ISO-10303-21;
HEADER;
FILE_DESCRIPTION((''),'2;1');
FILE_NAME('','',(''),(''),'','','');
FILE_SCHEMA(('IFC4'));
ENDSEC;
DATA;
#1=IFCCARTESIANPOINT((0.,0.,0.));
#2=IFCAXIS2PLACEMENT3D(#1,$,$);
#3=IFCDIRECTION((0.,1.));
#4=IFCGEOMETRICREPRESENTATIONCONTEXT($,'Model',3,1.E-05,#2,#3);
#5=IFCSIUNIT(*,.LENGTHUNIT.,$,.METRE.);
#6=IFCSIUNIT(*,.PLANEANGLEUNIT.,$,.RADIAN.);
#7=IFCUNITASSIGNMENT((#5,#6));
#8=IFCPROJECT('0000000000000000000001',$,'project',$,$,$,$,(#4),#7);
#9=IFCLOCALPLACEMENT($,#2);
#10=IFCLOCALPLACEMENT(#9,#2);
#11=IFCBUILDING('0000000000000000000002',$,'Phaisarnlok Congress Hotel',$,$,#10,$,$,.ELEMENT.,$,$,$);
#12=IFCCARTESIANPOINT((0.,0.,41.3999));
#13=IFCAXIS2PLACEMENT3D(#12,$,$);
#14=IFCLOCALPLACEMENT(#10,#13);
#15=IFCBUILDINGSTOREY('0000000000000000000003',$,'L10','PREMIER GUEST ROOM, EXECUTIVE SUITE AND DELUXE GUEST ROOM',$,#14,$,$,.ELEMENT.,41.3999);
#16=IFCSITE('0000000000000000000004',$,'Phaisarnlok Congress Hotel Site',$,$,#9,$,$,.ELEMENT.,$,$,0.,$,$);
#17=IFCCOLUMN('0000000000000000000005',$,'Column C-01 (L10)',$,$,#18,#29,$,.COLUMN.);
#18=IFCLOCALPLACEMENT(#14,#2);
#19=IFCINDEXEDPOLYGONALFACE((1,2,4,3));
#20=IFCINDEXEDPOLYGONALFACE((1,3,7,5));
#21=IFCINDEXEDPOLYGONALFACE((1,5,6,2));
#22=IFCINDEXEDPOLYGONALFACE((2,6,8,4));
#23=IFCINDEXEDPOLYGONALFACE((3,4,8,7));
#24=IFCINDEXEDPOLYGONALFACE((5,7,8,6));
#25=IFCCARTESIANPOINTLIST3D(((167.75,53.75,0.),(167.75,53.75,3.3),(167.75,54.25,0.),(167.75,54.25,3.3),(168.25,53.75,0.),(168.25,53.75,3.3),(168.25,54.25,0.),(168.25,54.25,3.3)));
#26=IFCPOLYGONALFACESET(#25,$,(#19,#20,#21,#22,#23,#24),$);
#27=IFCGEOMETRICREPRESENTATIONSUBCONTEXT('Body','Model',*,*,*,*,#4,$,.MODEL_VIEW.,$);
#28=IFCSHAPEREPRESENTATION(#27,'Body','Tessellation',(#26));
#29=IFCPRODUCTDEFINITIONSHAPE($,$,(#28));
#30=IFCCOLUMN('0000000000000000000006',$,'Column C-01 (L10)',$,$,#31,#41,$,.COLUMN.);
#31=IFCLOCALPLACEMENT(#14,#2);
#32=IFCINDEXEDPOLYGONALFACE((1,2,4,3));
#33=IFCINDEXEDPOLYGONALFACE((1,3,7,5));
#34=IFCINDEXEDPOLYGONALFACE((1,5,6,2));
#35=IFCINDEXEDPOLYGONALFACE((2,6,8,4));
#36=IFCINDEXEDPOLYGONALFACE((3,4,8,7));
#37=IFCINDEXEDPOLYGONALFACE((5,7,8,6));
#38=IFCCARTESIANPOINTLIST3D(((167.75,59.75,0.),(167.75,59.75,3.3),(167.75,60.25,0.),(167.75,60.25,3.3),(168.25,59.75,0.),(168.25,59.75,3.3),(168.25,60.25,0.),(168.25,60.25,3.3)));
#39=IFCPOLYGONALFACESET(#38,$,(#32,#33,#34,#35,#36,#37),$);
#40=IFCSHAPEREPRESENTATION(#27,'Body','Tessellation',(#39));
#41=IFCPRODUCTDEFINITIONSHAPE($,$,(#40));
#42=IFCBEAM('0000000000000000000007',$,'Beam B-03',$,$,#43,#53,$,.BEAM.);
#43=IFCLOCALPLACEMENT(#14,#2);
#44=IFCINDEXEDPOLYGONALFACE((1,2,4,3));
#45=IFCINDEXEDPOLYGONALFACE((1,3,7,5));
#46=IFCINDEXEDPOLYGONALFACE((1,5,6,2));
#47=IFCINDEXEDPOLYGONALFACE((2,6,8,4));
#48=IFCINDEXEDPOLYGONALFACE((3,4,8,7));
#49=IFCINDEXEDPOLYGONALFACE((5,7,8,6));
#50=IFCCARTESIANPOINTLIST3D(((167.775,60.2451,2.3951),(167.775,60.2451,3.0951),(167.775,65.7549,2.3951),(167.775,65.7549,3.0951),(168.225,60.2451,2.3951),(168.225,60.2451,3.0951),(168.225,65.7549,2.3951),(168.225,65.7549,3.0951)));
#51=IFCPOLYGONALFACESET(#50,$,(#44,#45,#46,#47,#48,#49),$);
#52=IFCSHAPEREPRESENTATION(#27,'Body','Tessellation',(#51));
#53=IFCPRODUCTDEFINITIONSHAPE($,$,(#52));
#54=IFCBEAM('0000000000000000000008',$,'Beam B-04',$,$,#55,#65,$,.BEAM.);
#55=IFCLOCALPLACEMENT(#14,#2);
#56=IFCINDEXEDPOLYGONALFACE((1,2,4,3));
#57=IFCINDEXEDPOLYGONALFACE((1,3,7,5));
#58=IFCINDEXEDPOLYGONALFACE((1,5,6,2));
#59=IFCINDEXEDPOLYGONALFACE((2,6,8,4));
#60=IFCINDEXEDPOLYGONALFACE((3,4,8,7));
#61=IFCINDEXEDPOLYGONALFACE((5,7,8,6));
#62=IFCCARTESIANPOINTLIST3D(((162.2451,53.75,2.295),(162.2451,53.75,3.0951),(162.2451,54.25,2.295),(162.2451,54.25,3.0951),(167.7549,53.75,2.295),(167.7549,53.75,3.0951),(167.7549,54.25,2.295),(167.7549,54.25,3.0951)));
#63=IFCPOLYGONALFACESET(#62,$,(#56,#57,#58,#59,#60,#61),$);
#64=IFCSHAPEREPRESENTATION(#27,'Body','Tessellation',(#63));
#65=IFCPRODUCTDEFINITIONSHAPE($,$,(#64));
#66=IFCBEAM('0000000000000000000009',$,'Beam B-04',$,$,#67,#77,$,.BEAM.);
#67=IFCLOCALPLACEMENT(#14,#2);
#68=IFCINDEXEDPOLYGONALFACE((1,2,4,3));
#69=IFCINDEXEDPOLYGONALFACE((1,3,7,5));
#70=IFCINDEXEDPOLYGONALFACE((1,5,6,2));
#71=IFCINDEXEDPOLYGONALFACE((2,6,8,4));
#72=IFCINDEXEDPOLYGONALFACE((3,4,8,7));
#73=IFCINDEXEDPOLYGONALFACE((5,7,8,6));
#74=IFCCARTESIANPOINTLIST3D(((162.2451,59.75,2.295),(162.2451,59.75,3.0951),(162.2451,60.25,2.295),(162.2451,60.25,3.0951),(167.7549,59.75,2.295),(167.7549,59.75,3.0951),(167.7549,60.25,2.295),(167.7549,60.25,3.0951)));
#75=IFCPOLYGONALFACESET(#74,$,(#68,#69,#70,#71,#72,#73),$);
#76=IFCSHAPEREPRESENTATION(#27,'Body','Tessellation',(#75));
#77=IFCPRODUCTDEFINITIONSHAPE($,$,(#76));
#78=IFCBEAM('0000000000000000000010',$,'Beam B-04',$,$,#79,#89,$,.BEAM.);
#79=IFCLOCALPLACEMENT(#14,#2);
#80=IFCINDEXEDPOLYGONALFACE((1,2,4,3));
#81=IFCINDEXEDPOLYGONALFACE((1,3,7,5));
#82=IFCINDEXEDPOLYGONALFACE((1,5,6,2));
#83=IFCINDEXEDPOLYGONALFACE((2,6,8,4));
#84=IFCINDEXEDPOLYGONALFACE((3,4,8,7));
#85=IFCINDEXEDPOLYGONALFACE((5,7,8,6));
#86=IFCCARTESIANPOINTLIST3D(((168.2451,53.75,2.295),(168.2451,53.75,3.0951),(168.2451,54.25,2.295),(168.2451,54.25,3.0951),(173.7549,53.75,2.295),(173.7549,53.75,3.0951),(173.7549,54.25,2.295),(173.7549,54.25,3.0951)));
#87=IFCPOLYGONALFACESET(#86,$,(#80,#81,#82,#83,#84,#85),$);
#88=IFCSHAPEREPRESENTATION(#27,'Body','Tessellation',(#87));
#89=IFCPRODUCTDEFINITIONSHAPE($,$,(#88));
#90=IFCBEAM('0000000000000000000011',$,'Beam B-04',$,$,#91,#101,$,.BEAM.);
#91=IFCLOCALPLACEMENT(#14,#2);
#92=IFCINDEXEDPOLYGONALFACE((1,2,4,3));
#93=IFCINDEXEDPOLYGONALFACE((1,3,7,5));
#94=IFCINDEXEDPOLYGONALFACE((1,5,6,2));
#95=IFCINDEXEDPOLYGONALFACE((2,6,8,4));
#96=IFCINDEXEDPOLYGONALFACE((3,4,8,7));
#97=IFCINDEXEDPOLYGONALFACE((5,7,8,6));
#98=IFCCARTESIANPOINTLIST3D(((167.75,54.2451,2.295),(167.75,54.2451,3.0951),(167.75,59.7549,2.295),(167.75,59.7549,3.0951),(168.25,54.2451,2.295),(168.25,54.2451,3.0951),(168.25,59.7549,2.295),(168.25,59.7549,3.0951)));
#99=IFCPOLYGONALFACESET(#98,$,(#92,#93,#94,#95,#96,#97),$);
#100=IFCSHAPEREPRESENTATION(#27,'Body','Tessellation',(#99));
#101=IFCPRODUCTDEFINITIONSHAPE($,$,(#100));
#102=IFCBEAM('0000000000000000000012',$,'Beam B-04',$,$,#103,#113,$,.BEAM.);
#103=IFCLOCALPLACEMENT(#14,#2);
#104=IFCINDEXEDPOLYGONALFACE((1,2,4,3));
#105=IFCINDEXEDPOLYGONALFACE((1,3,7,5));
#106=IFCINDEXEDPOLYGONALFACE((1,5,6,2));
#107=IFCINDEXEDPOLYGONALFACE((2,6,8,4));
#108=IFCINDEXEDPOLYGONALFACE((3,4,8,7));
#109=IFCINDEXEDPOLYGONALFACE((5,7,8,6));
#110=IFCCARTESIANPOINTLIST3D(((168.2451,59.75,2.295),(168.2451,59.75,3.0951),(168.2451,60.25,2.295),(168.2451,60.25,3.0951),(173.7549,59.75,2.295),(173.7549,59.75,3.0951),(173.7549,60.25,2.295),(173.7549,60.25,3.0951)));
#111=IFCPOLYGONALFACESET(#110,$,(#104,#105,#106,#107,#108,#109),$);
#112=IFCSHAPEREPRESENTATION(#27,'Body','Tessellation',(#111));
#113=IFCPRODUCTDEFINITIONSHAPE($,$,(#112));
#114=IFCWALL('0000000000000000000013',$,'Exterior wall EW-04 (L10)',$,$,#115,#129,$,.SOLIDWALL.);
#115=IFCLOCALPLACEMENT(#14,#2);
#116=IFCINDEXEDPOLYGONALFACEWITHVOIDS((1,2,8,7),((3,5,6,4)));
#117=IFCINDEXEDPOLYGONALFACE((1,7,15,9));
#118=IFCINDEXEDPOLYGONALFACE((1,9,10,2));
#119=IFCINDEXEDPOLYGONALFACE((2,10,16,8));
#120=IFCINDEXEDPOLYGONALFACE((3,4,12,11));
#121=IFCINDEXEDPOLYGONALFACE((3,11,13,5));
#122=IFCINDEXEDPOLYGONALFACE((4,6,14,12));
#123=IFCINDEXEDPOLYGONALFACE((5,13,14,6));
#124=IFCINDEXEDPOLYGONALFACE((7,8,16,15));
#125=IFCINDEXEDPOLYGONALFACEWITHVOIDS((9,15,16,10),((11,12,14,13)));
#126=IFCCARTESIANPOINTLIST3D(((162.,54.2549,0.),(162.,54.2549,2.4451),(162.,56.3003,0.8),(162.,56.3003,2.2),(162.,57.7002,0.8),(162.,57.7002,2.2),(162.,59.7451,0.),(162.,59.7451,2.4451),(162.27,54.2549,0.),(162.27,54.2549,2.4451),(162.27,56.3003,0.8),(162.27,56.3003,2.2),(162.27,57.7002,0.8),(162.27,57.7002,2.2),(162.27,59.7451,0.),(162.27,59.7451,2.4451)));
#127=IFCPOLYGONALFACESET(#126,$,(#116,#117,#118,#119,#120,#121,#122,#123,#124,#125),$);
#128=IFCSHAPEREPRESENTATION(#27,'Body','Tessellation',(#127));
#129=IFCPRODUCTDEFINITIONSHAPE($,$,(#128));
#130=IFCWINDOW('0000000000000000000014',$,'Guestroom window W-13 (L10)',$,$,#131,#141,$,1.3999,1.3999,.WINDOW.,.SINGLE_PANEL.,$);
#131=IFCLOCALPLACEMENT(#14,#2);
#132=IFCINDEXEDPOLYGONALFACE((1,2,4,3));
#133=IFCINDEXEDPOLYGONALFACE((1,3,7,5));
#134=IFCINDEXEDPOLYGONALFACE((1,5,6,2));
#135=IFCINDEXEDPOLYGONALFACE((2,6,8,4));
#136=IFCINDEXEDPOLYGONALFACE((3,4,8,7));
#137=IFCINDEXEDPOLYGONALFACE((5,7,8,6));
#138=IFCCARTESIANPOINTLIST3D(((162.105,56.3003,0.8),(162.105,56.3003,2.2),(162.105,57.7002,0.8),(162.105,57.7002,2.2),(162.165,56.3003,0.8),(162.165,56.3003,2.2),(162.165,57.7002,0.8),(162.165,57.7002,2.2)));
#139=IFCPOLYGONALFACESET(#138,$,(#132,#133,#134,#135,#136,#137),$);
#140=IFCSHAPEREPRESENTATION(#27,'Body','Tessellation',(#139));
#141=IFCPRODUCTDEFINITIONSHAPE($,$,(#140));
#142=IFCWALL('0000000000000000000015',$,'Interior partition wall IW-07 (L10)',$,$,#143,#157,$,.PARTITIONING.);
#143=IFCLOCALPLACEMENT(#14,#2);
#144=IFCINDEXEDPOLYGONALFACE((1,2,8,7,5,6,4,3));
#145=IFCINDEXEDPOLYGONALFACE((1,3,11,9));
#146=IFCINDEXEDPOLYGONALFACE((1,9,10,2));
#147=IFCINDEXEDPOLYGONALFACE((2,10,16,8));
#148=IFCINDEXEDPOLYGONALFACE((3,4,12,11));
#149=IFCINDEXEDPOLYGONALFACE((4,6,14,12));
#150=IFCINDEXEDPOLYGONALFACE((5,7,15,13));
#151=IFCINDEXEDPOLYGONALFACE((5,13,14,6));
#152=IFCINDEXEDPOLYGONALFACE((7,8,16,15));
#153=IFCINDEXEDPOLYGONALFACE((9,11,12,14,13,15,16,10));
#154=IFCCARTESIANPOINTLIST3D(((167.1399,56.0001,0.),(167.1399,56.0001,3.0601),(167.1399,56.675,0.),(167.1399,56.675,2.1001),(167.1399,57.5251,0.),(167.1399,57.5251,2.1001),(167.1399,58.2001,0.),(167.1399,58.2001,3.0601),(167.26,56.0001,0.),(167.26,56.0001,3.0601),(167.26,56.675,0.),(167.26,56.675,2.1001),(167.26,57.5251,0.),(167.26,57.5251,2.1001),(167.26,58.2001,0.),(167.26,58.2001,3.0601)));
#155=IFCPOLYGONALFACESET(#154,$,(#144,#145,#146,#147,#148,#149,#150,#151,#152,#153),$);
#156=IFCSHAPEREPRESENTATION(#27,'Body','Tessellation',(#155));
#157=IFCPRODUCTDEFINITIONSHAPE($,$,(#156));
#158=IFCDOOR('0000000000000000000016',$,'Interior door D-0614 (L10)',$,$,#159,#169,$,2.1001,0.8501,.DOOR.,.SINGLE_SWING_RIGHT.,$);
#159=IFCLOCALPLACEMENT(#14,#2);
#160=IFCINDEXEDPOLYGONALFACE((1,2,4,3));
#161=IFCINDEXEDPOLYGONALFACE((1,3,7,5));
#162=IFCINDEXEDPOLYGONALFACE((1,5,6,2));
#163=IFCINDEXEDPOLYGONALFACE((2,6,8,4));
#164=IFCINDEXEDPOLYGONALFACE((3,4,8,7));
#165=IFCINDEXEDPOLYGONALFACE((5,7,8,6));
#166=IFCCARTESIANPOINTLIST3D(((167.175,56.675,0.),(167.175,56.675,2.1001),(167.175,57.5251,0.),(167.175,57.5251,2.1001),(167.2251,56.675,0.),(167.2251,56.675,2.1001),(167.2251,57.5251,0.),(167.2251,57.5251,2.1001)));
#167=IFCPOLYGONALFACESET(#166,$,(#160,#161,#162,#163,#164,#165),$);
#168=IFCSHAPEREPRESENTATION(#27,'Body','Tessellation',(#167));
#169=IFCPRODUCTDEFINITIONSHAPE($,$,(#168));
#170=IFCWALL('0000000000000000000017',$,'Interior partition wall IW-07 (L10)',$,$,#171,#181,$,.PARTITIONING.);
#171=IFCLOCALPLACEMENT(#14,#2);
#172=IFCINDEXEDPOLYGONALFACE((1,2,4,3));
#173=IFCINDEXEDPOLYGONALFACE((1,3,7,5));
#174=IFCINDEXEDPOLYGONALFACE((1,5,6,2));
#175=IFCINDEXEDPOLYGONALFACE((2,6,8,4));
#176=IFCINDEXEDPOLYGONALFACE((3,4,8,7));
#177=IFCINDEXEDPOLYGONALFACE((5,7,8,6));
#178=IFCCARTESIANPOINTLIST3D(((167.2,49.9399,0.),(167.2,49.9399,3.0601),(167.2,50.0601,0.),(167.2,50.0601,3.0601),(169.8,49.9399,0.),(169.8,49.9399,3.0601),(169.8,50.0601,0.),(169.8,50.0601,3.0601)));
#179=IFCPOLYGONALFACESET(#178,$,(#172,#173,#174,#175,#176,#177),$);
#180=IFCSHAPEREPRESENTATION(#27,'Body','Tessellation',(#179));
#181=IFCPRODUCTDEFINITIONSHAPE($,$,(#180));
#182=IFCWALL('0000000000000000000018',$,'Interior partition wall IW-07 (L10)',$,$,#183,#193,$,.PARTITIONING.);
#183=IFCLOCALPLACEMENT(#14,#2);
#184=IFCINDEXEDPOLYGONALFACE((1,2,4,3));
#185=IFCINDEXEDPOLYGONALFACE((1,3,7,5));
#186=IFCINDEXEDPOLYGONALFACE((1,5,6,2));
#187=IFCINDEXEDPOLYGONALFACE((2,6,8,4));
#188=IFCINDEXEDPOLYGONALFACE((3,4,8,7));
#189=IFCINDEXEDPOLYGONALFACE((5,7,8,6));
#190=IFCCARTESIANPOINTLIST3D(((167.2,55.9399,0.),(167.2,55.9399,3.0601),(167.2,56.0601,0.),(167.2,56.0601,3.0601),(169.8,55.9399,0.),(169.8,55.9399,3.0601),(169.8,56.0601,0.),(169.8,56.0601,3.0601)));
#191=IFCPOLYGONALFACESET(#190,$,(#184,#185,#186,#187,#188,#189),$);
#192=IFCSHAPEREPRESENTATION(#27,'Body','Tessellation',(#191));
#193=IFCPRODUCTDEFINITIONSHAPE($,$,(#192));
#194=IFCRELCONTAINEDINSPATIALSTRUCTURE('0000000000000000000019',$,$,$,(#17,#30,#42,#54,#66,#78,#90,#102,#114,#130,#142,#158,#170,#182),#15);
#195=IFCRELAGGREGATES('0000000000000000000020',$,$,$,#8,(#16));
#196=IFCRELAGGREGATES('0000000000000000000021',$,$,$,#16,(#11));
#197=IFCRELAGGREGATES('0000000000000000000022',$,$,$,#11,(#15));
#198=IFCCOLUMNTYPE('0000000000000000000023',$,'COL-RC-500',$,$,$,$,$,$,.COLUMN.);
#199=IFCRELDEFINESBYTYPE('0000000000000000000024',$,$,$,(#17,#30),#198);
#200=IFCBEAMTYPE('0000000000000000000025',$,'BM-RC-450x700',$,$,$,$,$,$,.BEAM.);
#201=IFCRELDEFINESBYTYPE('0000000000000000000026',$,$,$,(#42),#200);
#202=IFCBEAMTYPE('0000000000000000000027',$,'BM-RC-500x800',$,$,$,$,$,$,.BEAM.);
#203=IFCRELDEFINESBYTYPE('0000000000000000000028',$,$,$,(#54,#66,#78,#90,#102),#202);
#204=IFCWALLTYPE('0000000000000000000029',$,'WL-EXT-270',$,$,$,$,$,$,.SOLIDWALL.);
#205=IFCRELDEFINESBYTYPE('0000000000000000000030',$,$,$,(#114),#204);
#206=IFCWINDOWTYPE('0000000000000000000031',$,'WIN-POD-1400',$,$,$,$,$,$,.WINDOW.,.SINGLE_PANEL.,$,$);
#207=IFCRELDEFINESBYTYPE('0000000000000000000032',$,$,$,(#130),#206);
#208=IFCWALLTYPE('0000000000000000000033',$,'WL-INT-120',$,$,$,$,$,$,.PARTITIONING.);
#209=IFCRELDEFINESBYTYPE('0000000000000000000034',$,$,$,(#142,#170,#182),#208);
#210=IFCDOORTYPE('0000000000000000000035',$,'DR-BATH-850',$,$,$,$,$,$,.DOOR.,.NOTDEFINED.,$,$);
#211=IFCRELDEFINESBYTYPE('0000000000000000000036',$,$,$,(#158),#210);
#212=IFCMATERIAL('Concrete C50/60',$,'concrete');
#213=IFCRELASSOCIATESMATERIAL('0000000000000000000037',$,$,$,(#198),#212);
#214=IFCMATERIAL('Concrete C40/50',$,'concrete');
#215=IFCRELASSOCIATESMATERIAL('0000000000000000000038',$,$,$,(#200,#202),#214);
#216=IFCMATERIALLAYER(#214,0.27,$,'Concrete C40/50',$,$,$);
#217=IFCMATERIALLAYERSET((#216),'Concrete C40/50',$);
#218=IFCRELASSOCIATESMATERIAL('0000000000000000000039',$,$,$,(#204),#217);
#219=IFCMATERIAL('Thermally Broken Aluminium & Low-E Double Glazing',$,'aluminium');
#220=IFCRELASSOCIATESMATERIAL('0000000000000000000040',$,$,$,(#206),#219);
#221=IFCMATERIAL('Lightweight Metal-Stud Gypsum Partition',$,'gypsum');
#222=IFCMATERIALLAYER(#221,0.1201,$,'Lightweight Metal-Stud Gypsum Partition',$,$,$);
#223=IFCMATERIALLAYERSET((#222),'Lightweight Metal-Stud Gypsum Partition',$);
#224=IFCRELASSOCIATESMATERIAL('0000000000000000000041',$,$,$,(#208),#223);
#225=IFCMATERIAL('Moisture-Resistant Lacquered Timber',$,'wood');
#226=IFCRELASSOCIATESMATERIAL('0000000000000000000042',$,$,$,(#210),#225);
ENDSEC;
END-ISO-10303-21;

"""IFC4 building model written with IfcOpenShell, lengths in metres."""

from ifc_helpers import new_model, si_unit, direction, frame, frame_2d, origin, origin_2d, place, context, subcontext, project, spatial, rectangle, extrude, material, layer, layer_set, material_profile, profile_set, type_object, element, fill, save


model = new_model("IFC4")

# Units and contexts
model_context = context("Model", 3, precision=1e-05, world=origin(), true_north=direction((0.0, 1.0)))
body_context = subcontext(model_context, "Body", "Model", "MODEL_VIEW")
ifc_project = project(units=[si_unit("LENGTHUNIT", "METRE"), si_unit("PLANEANGLEUNIT", "RADIAN")], contexts=[model_context])

# Site, building, storey
site_placement = place(None, origin())
site = spatial("IfcSite", under=ifc_project, at=site_placement, Name="Phaisarnlok Congress Hotel Site", CompositionType="ELEMENT", RefElevation=0.0)
building_placement = place(site_placement, origin())
building = spatial("IfcBuilding", under=site, at=building_placement, Name="Phaisarnlok Congress Hotel", CompositionType="ELEMENT")
storey_placement = place(building_placement, frame((0.0, 0.0, 41.3999)))
storey = spatial("IfcBuildingStorey", under=building, at=storey_placement, Name="L10", Description="PREMIER GUEST ROOM, EXECUTIVE SUITE AND DELUXE GUEST ROOM", CompositionType="ELEMENT", Elevation=41.3999)

# Columns
ifc_material_1 = material(Name="Concrete C50/60", Category="concrete")
ifc_material_profile_1 = material_profile(ifc_material_1, rectangle(XDim=0.5, YDim=0.5, at=origin_2d()), Name="RC 500x500")
ifc_profile_set_1 = profile_set([ifc_material_profile_1], Name="Concrete C50/60")
column_type = type_object("IfcColumnType", Name="COL-RC-500", PredefinedType="COLUMN", material=ifc_profile_set_1)
for number, where, z_axis, x_axis, name in (
    (1, (168.0, 54.0, 0.0), (0.0, 0.0, 1.0), (1.0, 0.0, 0.0), "Column C-01 (L10)"),
    (2, (168.0, 60.0, 0.0), (0.0, 0.0, 1.0), (1.0, 0.0, 0.0), "Column C-01 (L10)"),
):
    element("IfcColumn", number, at=place(storey_placement, frame(where, z_axis=z_axis, x_axis=x_axis)), inside=storey, type_object=column_type, Name=name, PredefinedType="COLUMN", context=body_context, shape_type="SweptSolid", body=[
        extrude(rectangle(XDim=0.5, YDim=0.5, at=origin_2d()), origin(), (0.0, 0.0, 1.0), 3.3),
    ])

# Beams
ifc_material_2 = material(Name="Concrete C40/50", Category="concrete")
ifc_material_profile_2 = material_profile(ifc_material_2, rectangle(XDim=0.45, YDim=0.7, at=origin_2d()), Name="RC 450x700")
ifc_profile_set_2 = profile_set([ifc_material_profile_2], Name="Concrete C40/50")
beam_type_1 = type_object("IfcBeamType", Name="BM-RC-450x700", PredefinedType="BEAM", material=ifc_profile_set_2)
beam_placement = place(storey_placement, frame((168.0, 60.2451, 2.7451), z_axis=(0.0, 1.0, 0.0), x_axis=(-1.0, 0.0, 0.0)))
element("IfcBeam", 3, at=beam_placement, inside=storey, type_object=beam_type_1, Name="Beam B-03", PredefinedType="BEAM", context=body_context, shape_type="SweptSolid", body=[
    extrude(rectangle(XDim=0.45, YDim=0.7, at=origin_2d()), origin(), (0.0, 0.0, 1.0), 5.5098),
])
ifc_material_profile_3 = material_profile(ifc_material_2, rectangle(XDim=0.5, YDim=0.8, at=origin_2d()), Name="RC 500x800")
ifc_profile_set_3 = profile_set([ifc_material_profile_3], Name="Concrete C40/50")
beam_type_2 = type_object("IfcBeamType", Name="BM-RC-500x800", PredefinedType="BEAM", material=ifc_profile_set_3)
for number, where, z_axis, x_axis, name in (
    (4, (162.2451, 54.0, 2.6951), (1.0, 0.0, 0.0), (0.0, 1.0, 0.0), "Beam B-04"),
    (5, (162.2451, 60.0, 2.6951), (1.0, 0.0, 0.0), (0.0, 1.0, 0.0), "Beam B-04"),
    (6, (168.2451, 54.0, 2.6951), (1.0, 0.0, 0.0), (0.0, 1.0, 0.0), "Beam B-04"),
    (7, (168.0, 54.2451, 2.6951), (0.0, 1.0, 0.0), (-1.0, 0.0, 0.0), "Beam B-04"),
    (8, (168.2451, 60.0, 2.6951), (1.0, 0.0, 0.0), (0.0, 1.0, 0.0), "Beam B-04"),
):
    element("IfcBeam", number, at=place(storey_placement, frame(where, z_axis=z_axis, x_axis=x_axis)), inside=storey, type_object=beam_type_2, Name=name, PredefinedType="BEAM", context=body_context, shape_type="SweptSolid", body=[
        extrude(rectangle(XDim=0.5, YDim=0.8, at=origin_2d()), origin(), (0.0, 0.0, 1.0), 5.5098),
    ])

# Wall, opening, window
ifc_layer_1 = layer(ifc_material_2, 0.27, Name="Concrete C40/50")
ifc_layer_set_1 = layer_set([ifc_layer_1], Name="Concrete C40/50")
wall_type_1 = type_object("IfcWallType", Name="WL-EXT-270", PredefinedType="SOLIDWALL", material=ifc_layer_set_1)
wall_1_placement = place(storey_placement, frame((162.135, 59.7451, 0.0), z_axis=(0.0, 0.0, 1.0), x_axis=(0.0, -1.0, 0.0)))
wall_1 = element("IfcWall", 9, at=wall_1_placement, inside=storey, type_object=wall_type_1, Name="Exterior wall EW-04 (L10)", PredefinedType="SOLIDWALL", context=body_context, shape_type="SweptSolid", body=[
    extrude(rectangle(XDim=5.4902, YDim=0.27, at=frame_2d((2.7451, 0.0))), origin(), (0.0, 0.0, 1.0), 2.4451),
])
opening_1_placement = place(wall_1_placement, frame((2.0449, 0.0, 0.8)))
opening_1 = element("IfcOpeningElement", 10, at=opening_1_placement, cuts=wall_1, PredefinedType="OPENING", context=body_context, shape_type="SweptSolid", body=[
    extrude(rectangle(XDim=1.3999, YDim=1.3999, at=frame_2d((0.7, 0.7))), frame((0.0, 0.145, 0.0), z_axis=(0.0, -1.0, 0.0), x_axis=(1.0, 0.0, 0.0)), (0.0, 0.0, 1.0), 0.29),
])
ifc_material_3 = material(Name="Thermally Broken Aluminium & Low-E Double Glazing", Category="aluminium")
window_type = type_object("IfcWindowType", Name="WIN-POD-1400", PartitioningType="SINGLE_PANEL", PredefinedType="WINDOW", material=ifc_material_3)
window_placement = place(opening_1_placement, origin())
window = element("IfcWindow", 11, at=window_placement, inside=storey, type_object=window_type, Name="Guestroom window W-13 (L10)", OverallHeight=1.3999, OverallWidth=1.3999, PartitioningType="SINGLE_PANEL", PredefinedType="WINDOW", context=body_context, shape_type="SweptSolid", body=[
    extrude(rectangle(XDim=1.3999, YDim=1.3999, at=frame_2d((0.7, 0.7))), frame((0.0, 0.03, 0.0), z_axis=(0.0, -1.0, 0.0), x_axis=(1.0, 0.0, 0.0)), (0.0, 0.0, 1.0), 0.0601),
])
fill(opening_1, window)

# Wall, opening, door
ifc_material_4 = material(Name="Lightweight Metal-Stud Gypsum Partition", Category="gypsum")
ifc_layer_2 = layer(ifc_material_4, 0.1201, Name="Lightweight Metal-Stud Gypsum Partition")
ifc_layer_set_2 = layer_set([ifc_layer_2], Name="Lightweight Metal-Stud Gypsum Partition")
wall_type_2 = type_object("IfcWallType", Name="WL-INT-120", PredefinedType="PARTITIONING", material=ifc_layer_set_2)
wall_2_placement = place(storey_placement, frame((167.2, 56.0, 0.0), z_axis=(0.0, 0.0, 1.0), x_axis=(0.0, 1.0, 0.0)))
wall_2 = element("IfcWall", 12, at=wall_2_placement, inside=storey, type_object=wall_type_2, Name="Interior partition wall IW-07 (L10)", PredefinedType="PARTITIONING", context=body_context, shape_type="SweptSolid", body=[
    extrude(rectangle(XDim=2.2, YDim=0.1201, at=frame_2d((1.1001, 0.0))), origin(), (0.0, 0.0, 1.0), 3.0601),
])
opening_2_placement = place(wall_2_placement, frame((0.675, 0.0, 0.0)))
opening_2 = element("IfcOpeningElement", 13, at=opening_2_placement, cuts=wall_2, PredefinedType="OPENING", context=body_context, shape_type="SweptSolid", body=[
    extrude(rectangle(XDim=0.8501, YDim=2.1001, at=frame_2d((0.425, 1.05))), frame((0.0, 0.0701, 0.0), z_axis=(0.0, -1.0, 0.0), x_axis=(1.0, 0.0, 0.0)), (0.0, 0.0, 1.0), 0.1401),
])
ifc_material_5 = material(Name="Moisture-Resistant Lacquered Timber", Category="wood")
door_type = type_object("IfcDoorType", Name="DR-BATH-850", OperationType="NOTDEFINED", PredefinedType="DOOR", material=ifc_material_5)
door_1_placement = place(opening_2_placement, origin())
door_1 = element("IfcDoor", 14, at=door_1_placement, inside=storey, type_object=door_type, Name="Interior door D-0614 (L10)", OperationType="SINGLE_SWING_RIGHT", OverallHeight=2.1001, OverallWidth=0.8501, PredefinedType="DOOR", context=body_context, shape_type="SweptSolid", body=[
    extrude(rectangle(XDim=0.8501, YDim=2.1001, at=frame_2d((0.425, 1.05))), frame((0.0, 0.0249, 0.0), z_axis=(0.0, -1.0, 0.0), x_axis=(1.0, 0.0, 0.0)), (0.0, 0.0, 1.0), 0.05),
])
fill(opening_2, door_1)

# Walls
for number, where, z_axis, x_axis, name in (
    (15, (167.2, 50.0, 0.0), (0.0, 0.0, 1.0), (1.0, 0.0, 0.0), "Interior partition wall IW-07 (L10)"),
    (16, (167.2, 56.0, 0.0), (0.0, 0.0, 1.0), (1.0, 0.0, 0.0), "Interior partition wall IW-07 (L10)"),
):
    element("IfcWall", number, at=place(storey_placement, frame(where, z_axis=z_axis, x_axis=x_axis)), inside=storey, type_object=wall_type_2, Name=name, PredefinedType="PARTITIONING", context=body_context, shape_type="SweptSolid", body=[
        extrude(rectangle(XDim=2.6001, YDim=0.1201, at=frame_2d((1.3, 0.0))), origin(), (0.0, 0.0, 1.0), 3.0601),
    ])

save(model, "model.ifc")
